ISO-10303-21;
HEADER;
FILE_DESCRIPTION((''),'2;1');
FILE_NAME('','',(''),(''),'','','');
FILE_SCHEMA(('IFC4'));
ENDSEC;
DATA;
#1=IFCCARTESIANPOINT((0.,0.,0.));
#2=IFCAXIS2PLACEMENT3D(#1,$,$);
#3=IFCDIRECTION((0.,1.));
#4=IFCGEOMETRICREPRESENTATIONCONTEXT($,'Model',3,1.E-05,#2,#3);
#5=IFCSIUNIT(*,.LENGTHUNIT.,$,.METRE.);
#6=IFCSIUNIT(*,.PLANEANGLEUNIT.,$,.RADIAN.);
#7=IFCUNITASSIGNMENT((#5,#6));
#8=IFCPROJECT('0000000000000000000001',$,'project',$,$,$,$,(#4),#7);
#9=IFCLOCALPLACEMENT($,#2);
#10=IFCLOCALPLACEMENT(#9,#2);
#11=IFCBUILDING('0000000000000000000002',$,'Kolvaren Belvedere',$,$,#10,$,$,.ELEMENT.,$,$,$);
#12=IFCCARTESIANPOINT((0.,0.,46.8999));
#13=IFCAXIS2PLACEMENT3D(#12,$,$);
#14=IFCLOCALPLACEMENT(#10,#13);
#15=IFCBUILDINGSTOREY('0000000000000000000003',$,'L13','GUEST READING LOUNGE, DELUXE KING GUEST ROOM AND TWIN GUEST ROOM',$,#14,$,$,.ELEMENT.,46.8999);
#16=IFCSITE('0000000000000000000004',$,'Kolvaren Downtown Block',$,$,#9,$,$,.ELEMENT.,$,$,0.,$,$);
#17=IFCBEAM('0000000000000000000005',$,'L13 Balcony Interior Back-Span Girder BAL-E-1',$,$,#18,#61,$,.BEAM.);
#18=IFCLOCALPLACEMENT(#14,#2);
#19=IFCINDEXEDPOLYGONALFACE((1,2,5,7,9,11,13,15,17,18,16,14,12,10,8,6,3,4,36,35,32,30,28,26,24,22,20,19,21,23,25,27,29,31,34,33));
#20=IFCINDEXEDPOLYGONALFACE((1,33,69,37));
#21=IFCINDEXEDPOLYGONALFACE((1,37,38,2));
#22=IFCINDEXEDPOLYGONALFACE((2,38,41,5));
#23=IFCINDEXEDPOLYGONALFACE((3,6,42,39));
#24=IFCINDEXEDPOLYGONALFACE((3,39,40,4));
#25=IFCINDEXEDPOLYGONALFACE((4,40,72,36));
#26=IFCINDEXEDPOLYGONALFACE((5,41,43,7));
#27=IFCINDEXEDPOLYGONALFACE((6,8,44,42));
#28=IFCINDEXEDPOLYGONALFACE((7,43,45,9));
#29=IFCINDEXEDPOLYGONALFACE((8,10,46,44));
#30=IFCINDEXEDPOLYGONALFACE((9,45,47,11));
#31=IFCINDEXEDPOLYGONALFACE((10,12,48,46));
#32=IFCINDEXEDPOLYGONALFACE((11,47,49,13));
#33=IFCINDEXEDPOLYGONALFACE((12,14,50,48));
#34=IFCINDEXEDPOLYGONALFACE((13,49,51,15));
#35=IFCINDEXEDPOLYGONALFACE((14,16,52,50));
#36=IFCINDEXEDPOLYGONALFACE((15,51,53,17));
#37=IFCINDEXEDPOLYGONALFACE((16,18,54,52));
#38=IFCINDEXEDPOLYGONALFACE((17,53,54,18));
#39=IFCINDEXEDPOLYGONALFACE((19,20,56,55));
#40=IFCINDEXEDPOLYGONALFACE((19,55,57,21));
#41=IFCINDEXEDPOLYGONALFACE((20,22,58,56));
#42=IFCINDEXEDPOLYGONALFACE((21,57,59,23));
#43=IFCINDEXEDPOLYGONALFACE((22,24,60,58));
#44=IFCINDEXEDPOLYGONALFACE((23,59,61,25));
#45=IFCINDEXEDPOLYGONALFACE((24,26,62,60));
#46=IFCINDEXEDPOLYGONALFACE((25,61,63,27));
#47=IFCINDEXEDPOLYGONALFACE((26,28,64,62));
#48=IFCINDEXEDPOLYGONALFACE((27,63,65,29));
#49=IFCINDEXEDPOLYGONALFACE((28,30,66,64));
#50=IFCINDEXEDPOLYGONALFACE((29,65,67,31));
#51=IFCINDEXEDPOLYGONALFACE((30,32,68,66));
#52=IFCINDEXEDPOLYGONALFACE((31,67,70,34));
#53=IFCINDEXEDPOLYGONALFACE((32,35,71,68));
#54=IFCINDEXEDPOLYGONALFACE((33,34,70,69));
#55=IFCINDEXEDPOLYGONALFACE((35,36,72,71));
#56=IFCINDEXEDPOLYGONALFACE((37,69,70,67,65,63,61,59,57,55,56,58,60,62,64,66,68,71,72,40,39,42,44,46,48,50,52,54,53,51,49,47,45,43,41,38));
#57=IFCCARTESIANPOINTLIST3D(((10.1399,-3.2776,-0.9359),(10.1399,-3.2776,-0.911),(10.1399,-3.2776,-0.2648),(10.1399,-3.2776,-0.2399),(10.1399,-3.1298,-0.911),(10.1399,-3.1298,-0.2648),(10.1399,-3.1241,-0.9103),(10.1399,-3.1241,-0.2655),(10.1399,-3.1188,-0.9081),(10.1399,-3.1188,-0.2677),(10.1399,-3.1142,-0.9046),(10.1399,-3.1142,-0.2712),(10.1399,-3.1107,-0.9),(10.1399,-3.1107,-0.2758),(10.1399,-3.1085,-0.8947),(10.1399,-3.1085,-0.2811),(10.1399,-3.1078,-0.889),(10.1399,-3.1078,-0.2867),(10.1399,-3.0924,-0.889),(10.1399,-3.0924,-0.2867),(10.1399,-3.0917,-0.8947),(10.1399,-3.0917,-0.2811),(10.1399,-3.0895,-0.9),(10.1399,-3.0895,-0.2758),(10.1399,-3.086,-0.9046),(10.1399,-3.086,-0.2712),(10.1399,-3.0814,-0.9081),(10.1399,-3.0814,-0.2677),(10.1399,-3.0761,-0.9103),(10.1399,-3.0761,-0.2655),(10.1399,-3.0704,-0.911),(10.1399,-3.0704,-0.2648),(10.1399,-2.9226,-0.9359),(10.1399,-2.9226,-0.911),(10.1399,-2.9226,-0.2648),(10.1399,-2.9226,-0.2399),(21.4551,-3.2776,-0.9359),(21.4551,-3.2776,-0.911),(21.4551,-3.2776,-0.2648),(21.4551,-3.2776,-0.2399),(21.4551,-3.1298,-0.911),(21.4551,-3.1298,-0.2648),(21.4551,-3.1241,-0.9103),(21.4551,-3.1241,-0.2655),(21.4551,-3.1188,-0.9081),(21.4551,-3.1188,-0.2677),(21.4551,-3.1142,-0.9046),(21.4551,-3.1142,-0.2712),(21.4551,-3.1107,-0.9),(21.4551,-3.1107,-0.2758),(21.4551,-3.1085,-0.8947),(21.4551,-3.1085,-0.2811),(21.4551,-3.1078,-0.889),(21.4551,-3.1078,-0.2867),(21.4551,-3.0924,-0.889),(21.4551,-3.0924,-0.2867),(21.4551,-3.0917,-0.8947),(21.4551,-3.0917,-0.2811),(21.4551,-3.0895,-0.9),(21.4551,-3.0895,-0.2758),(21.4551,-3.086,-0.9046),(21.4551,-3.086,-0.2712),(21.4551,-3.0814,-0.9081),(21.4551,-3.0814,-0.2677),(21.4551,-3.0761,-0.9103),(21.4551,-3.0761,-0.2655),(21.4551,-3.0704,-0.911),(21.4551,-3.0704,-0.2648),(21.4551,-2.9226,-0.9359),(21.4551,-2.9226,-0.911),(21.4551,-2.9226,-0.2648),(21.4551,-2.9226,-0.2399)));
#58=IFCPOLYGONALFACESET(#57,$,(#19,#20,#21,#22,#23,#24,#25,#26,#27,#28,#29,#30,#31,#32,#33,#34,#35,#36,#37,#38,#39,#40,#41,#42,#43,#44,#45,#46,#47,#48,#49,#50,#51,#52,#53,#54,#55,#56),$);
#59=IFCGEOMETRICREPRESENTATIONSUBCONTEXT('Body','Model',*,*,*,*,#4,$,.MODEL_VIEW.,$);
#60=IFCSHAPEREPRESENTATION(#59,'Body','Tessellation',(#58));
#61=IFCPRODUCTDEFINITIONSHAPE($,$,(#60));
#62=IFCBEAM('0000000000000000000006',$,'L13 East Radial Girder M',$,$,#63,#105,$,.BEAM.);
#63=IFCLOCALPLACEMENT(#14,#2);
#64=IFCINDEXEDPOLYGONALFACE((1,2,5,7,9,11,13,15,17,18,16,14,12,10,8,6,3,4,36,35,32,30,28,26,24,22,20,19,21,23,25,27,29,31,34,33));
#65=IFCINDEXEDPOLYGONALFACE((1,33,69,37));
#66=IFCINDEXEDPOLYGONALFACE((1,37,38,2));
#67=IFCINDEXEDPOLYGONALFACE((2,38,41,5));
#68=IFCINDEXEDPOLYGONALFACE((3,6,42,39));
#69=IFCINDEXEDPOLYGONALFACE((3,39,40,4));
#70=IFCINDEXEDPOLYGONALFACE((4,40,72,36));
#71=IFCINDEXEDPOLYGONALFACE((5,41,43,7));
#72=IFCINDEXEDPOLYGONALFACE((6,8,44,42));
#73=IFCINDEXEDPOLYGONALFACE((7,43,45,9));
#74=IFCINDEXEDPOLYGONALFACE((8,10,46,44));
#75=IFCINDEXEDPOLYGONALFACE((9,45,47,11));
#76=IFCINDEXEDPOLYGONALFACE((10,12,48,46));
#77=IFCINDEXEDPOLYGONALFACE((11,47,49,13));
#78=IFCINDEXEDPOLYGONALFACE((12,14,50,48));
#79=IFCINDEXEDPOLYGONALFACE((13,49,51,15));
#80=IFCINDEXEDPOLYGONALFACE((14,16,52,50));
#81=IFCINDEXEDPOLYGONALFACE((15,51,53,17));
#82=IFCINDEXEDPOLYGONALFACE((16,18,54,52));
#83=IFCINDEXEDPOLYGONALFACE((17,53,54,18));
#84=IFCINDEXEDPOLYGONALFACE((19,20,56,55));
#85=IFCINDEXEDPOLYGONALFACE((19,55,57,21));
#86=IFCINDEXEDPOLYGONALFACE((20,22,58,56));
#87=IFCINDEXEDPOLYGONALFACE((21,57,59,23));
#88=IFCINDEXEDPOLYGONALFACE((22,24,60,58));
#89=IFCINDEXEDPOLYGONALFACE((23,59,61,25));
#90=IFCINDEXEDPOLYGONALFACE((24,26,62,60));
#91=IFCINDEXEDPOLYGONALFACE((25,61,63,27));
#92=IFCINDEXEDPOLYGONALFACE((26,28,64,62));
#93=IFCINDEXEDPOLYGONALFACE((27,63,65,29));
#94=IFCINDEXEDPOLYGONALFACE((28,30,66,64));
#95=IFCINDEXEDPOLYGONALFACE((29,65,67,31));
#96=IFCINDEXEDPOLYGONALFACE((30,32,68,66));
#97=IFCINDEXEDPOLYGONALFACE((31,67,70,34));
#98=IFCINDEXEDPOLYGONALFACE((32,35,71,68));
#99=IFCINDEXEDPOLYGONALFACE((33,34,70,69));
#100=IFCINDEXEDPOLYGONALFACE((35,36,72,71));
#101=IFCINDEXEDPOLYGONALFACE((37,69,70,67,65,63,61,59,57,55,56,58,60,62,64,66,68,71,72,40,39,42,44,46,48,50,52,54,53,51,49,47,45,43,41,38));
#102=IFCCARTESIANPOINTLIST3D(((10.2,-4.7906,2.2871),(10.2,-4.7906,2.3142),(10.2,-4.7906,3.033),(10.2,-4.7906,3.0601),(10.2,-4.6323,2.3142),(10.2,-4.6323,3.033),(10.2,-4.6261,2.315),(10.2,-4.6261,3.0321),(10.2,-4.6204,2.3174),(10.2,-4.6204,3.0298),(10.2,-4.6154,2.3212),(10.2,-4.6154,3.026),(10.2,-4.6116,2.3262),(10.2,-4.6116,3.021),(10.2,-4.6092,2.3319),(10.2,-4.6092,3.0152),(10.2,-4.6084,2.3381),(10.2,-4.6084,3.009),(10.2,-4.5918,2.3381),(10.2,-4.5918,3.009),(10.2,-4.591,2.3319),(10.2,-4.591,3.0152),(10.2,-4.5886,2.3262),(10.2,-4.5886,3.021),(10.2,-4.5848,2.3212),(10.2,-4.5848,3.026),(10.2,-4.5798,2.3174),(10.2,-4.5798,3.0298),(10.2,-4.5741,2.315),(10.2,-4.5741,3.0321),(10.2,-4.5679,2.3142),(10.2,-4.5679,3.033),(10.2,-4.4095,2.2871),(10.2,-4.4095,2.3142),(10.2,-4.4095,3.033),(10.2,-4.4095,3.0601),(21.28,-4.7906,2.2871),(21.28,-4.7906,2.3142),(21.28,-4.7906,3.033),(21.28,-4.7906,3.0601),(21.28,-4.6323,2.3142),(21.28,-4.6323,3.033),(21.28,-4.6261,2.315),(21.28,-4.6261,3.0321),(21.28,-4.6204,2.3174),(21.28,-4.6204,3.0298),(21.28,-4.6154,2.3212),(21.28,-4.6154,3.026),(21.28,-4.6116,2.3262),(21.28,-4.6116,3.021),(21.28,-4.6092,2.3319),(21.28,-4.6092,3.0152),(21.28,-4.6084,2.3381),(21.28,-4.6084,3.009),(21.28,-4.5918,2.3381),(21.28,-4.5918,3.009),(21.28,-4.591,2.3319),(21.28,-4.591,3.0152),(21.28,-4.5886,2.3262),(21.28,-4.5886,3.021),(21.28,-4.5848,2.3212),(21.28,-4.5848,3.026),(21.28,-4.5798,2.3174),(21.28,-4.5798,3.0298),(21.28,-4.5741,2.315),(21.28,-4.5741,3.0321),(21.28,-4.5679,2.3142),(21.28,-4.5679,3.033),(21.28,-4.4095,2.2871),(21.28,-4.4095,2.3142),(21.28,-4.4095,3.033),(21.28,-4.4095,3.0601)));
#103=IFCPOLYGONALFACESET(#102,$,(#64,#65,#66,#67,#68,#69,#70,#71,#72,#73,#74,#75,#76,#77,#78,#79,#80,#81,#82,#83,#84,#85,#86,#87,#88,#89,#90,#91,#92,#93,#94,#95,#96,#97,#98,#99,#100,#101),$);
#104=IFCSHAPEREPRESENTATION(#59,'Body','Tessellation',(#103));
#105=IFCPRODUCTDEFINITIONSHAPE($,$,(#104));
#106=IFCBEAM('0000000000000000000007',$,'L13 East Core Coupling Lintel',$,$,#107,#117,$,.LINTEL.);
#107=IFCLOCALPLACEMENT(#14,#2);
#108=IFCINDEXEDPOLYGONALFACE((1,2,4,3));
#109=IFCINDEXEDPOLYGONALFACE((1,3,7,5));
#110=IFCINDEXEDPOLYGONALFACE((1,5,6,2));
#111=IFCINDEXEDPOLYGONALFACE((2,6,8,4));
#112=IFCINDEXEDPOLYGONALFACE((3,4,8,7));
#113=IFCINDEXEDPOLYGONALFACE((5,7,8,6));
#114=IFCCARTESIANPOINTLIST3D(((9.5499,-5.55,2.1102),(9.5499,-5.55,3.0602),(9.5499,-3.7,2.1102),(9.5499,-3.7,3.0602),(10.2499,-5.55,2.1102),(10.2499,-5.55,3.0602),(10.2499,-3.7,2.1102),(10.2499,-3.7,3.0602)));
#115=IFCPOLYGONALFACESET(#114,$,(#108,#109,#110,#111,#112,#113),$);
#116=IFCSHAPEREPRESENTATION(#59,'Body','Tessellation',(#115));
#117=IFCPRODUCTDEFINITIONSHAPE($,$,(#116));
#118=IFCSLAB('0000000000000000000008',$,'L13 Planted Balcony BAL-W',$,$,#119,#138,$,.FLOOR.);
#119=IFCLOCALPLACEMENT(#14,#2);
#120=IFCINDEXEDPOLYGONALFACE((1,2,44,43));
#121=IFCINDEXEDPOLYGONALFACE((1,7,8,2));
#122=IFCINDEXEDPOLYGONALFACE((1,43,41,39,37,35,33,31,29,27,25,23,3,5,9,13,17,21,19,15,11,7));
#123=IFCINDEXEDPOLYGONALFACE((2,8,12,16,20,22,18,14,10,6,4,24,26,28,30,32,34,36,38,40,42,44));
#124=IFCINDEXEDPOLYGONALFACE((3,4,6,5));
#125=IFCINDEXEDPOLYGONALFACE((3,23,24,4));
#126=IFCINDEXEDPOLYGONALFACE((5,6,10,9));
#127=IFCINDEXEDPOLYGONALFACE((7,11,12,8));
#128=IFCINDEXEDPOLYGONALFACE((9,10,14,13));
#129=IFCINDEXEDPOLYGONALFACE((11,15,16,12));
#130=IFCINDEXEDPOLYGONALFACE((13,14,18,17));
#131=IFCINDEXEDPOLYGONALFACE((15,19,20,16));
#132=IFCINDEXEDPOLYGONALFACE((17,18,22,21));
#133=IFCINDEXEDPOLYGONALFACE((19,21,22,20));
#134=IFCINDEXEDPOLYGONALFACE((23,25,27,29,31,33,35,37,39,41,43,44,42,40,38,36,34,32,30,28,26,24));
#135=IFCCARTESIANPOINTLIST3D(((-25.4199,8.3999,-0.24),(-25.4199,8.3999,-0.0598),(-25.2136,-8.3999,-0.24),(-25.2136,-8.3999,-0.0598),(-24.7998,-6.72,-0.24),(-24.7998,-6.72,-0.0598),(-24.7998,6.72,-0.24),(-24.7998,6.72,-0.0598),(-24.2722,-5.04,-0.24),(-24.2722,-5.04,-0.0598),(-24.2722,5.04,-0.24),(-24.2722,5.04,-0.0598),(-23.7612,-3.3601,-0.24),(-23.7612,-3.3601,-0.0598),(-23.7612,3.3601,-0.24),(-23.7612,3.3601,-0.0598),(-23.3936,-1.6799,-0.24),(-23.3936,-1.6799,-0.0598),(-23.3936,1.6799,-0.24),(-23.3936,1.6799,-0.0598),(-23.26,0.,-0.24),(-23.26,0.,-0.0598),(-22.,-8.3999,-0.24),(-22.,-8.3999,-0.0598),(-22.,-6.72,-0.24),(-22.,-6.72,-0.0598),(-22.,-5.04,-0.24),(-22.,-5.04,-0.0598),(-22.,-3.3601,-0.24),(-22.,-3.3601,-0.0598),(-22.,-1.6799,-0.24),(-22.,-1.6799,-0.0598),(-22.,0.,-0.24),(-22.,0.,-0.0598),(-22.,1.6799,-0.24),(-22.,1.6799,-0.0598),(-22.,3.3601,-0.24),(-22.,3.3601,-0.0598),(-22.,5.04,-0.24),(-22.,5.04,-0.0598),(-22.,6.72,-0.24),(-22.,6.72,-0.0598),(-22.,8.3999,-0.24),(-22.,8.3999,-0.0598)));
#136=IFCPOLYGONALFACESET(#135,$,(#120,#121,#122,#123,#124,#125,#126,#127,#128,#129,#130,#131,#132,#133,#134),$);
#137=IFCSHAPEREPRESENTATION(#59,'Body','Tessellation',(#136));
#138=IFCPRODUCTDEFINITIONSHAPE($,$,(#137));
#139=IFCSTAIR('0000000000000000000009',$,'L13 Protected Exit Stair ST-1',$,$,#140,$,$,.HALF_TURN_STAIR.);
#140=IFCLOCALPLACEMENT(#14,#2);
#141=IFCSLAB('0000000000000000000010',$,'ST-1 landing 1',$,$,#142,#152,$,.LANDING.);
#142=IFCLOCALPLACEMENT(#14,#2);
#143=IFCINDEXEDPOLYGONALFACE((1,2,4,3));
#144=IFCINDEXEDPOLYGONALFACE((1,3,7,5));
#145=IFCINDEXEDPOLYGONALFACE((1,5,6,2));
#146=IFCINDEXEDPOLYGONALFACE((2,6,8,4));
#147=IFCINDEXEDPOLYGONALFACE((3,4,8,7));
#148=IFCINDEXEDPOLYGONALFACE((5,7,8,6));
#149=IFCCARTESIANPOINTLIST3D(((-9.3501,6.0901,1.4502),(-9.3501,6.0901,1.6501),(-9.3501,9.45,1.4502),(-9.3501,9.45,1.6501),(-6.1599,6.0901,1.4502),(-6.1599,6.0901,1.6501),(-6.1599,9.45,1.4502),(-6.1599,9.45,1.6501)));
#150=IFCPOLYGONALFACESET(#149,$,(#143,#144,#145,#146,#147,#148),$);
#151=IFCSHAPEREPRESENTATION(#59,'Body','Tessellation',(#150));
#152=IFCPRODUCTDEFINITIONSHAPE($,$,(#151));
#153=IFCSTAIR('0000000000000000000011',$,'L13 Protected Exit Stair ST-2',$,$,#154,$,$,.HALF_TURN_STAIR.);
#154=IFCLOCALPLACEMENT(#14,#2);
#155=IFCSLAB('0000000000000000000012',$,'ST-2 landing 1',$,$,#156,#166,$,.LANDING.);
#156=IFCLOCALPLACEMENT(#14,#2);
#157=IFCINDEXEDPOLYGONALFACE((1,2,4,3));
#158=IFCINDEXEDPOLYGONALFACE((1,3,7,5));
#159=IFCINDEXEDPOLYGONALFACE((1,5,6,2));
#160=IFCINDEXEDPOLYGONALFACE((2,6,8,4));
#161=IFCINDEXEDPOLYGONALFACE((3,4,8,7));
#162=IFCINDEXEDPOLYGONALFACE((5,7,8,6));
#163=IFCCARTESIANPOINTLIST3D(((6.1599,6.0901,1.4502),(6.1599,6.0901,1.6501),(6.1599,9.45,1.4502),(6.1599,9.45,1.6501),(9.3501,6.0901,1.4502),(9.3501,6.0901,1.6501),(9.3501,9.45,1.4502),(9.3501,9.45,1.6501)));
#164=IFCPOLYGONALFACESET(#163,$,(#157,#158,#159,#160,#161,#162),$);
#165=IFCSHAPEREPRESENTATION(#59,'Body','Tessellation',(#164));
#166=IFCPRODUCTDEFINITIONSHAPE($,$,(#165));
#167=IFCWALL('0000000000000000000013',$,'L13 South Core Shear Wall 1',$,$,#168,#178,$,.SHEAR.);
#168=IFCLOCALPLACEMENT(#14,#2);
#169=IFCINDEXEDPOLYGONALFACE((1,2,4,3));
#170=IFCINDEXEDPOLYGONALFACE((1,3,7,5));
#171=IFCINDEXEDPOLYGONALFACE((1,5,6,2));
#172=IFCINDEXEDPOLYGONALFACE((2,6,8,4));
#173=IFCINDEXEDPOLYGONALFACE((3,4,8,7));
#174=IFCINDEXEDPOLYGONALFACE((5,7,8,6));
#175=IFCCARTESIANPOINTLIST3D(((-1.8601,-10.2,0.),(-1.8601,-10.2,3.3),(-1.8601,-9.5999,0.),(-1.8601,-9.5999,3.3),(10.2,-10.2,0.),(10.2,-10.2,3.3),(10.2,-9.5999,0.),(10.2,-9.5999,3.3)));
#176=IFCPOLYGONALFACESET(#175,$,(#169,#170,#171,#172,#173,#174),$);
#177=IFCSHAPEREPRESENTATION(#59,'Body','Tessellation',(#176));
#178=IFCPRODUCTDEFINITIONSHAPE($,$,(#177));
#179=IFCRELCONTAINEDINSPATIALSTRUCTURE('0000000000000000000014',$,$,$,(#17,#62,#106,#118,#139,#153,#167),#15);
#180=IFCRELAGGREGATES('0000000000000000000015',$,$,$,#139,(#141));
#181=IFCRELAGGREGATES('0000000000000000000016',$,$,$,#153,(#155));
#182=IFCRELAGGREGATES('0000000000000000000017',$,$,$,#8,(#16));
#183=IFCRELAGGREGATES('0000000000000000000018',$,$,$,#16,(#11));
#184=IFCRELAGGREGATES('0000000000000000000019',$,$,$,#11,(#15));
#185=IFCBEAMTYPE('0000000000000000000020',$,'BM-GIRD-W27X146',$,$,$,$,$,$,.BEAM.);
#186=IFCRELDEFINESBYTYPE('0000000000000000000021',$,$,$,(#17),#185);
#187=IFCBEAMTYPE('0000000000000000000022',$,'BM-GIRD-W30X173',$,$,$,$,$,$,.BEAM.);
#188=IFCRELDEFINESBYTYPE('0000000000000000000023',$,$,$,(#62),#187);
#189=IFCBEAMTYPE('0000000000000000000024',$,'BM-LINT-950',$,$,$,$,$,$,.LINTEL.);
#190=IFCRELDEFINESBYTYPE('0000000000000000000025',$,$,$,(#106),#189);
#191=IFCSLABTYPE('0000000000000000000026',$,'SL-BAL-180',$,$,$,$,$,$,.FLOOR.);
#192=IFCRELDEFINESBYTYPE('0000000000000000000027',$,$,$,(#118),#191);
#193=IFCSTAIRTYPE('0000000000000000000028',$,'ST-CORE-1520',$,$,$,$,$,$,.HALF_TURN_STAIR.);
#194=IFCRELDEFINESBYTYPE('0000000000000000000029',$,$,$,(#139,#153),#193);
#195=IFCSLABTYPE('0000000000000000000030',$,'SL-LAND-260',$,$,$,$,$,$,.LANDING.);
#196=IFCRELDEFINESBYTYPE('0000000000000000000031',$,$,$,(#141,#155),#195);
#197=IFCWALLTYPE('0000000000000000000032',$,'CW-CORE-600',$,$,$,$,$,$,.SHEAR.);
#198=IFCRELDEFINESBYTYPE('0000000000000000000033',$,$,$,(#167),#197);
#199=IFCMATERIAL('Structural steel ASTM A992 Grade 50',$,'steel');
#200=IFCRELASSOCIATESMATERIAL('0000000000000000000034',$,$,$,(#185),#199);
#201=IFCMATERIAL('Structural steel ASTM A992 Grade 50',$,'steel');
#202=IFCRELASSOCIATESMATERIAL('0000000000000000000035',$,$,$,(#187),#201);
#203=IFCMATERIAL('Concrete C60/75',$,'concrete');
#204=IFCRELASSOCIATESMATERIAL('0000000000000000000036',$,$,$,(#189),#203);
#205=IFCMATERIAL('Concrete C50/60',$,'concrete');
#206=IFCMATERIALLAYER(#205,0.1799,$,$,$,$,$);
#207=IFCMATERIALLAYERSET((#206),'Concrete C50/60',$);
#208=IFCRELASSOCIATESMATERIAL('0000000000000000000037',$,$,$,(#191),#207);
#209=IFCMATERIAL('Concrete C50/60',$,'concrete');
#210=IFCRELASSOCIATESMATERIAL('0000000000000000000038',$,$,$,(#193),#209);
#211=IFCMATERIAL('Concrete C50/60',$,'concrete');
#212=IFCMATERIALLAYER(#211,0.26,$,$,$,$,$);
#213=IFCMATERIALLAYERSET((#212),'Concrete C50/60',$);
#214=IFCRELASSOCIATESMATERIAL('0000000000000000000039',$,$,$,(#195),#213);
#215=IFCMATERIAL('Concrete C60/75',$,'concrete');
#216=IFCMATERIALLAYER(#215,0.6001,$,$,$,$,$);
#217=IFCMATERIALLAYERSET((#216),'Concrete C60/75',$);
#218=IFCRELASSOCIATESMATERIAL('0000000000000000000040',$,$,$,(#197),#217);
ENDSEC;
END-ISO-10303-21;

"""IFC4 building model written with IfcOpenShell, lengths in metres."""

from ifc_helpers import new_model, si_unit, direction, frame, frame_2d, origin, origin_2d, place, context, subcontext, project, spatial, polyline, rectangle, i_section, outline, extrude, material, layer, layer_set, material_profile, profile_set, type_object, element, aggregate, save


model = new_model("IFC4")

# Units and contexts
model_context = context("Model", 3, precision=1e-05, world=origin(), true_north=direction((0.0, 1.0)))
body_context = subcontext(model_context, "Body", "Model", "MODEL_VIEW")
ifc_project = project(units=[si_unit("LENGTHUNIT", "METRE"), si_unit("PLANEANGLEUNIT", "RADIAN")], contexts=[model_context])

# Site, building, storey
site_placement = place(None, origin())
site = spatial("IfcSite", under=ifc_project, at=site_placement, Name="Kolvaren Downtown Block", CompositionType="ELEMENT", RefElevation=0.0)
building_placement = place(site_placement, origin())
building = spatial("IfcBuilding", under=site, at=building_placement, Name="Kolvaren Belvedere", CompositionType="ELEMENT")
storey_placement = place(building_placement, frame((0.0, 0.0, 46.8999)))
storey = spatial("IfcBuildingStorey", under=building, at=storey_placement, Name="L13", Description="GUEST READING LOUNGE, DELUXE KING GUEST ROOM AND TWIN GUEST ROOM", CompositionType="ELEMENT", Elevation=46.8999)

# Beams
ifc_material_1 = material(Name="Structural steel ASTM A992 Grade 50", Category="steel")
ifc_material_profile_1 = material_profile(ifc_material_1, i_section(OverallWidth=0.355, OverallDepth=0.696, WebThickness=0.0154, FlangeThickness=0.0249, FilletRadius=0.022, at=origin_2d()), Name="W27X146")
ifc_profile_set_1 = profile_set([ifc_material_profile_1], Name="Structural steel ASTM A992 Grade 50")
beam_type_1 = type_object("IfcBeamType", Name="BM-GIRD-W27X146", PredefinedType="BEAM", material=ifc_profile_set_1)
beam_1_placement = place(storey_placement, frame((10.1399, -3.1001, -0.5879), z_axis=(1.0, 0.0, 0.0), x_axis=(0.0, 1.0, 0.0)))
element("IfcBeam", 1, at=beam_1_placement, inside=storey, type_object=beam_type_1, Name="L13 Balcony Interior Back-Span Girder BAL-E-1", PredefinedType="BEAM", context=body_context, shape_type="SweptSolid", body=[
    extrude(i_section(OverallWidth=0.355, OverallDepth=0.696, WebThickness=0.0154, FlangeThickness=0.0249, FilletRadius=0.022, at=origin_2d()), origin(), (0.0, 0.0, 1.0), 11.3152),
])
ifc_material_2 = material(Name="Structural steel ASTM A992 Grade 50", Category="steel")
ifc_material_profile_2 = material_profile(ifc_material_2, i_section(OverallWidth=0.3811, OverallDepth=0.7729, WebThickness=0.0166, FlangeThickness=0.0271, FilletRadius=0.0239, at=origin_2d()), Name="W30X173")
ifc_profile_set_2 = profile_set([ifc_material_profile_2], Name="Structural steel ASTM A992 Grade 50")
beam_type_2 = type_object("IfcBeamType", Name="BM-GIRD-W30X173", PredefinedType="BEAM", material=ifc_profile_set_2)
beam_2_placement = place(storey_placement, frame((10.2, -4.6001, 2.6736), z_axis=(1.0, 0.0, 0.0), x_axis=(0.0, 1.0, 0.0)))
element("IfcBeam", 2, at=beam_2_placement, inside=storey, type_object=beam_type_2, Name="L13 East Radial Girder M", PredefinedType="BEAM", context=body_context, shape_type="SweptSolid", body=[
    extrude(i_section(OverallWidth=0.3811, OverallDepth=0.7729, WebThickness=0.0166, FlangeThickness=0.0271, FilletRadius=0.0239, at=origin_2d()), origin(), (0.0, 0.0, 1.0), 11.0801),
])
ifc_material_3 = material(Name="Concrete C60/75", Category="concrete")
ifc_material_profile_3 = material_profile(ifc_material_3, rectangle(XDim=0.7, YDim=0.95, at=origin_2d()), Name="RC 700X950")
ifc_profile_set_3 = profile_set([ifc_material_profile_3], Name="Concrete C60/75")
beam_type_3 = type_object("IfcBeamType", Name="BM-LINT-950", PredefinedType="LINTEL", material=ifc_profile_set_3)
beam_3_placement = place(storey_placement, frame((9.8999, -5.55, 2.5852), z_axis=(0.0, 1.0, 0.0), x_axis=(-1.0, 0.0, 0.0)))
element("IfcBeam", 3, at=beam_3_placement, inside=storey, type_object=beam_type_3, Name="L13 East Core Coupling Lintel", PredefinedType="LINTEL", context=body_context, shape_type="SweptSolid", body=[
    extrude(rectangle(XDim=0.7, YDim=0.95, at=origin_2d()), origin(), (0.0, 0.0, 1.0), 1.8501),
])

# Slab
ifc_material_4 = material(Name="Concrete C50/60", Category="concrete")
ifc_layer_1 = layer(ifc_material_4, 0.1799)
ifc_layer_set_1 = layer_set([ifc_layer_1], Name="Concrete C50/60")
slab_type_1 = type_object("IfcSlabType", Name="SL-BAL-180", PredefinedType="FLOOR", material=ifc_layer_set_1)
slab_1_placement = place(storey_placement, frame((0.0, 0.0, -0.24)))
element("IfcSlab", 4, at=slab_1_placement, inside=storey, type_object=slab_type_1, Name="L13 Planted Balcony BAL-W", PredefinedType="FLOOR", context=body_context, shape_type="SweptSolid", body=[
    extrude(outline(polyline([(-25.4199, 8.3999), (-24.7998, 6.72), (-24.2722, 5.04), (-23.7612, 3.3601), (-23.3936, 1.6799), (-23.26, 0.0), (-23.3936, -1.6799), (-23.7612, -3.3601), (-24.2722, -5.04), (-24.7998, -6.72), (-25.2136, -8.3999), (-22.0, -8.3999), (-22.0, -6.72), (-22.0, -5.04), (-22.0, -3.3601), (-22.0, -1.6799), (-22.0, 0.0), (-22.0, 1.6799), (-22.0, 3.3601), (-22.0, 5.04), (-22.0, 6.72), (-22.0, 8.3999), (-25.4199, 8.3999)])), origin(), (0.0, 0.0, 1.0), 0.1802),
])

# Stairs, slabs
ifc_material_5 = material(Name="Concrete C50/60", Category="concrete")
stair_type = type_object("IfcStairType", Name="ST-CORE-1520", PredefinedType="HALF_TURN_STAIR", material=ifc_material_5)
stair_1_placement = place(storey_placement, origin())
stair_1 = element("IfcStair", 5, at=stair_1_placement, inside=storey, type_object=stair_type, Name="L13 Protected Exit Stair ST-1", PredefinedType="HALF_TURN_STAIR")
ifc_material_6 = material(Name="Concrete C50/60", Category="concrete")
ifc_layer_2 = layer(ifc_material_6, 0.26)
ifc_layer_set_2 = layer_set([ifc_layer_2], Name="Concrete C50/60")
slab_type_2 = type_object("IfcSlabType", Name="SL-LAND-260", PredefinedType="LANDING", material=ifc_layer_set_2)
slab_2_placement = place(storey_placement, frame((0.0, 0.0, 1.4502)))
slab_2 = element("IfcSlab", 6, at=slab_2_placement, type_object=slab_type_2, Name="ST-1 landing 1", PredefinedType="LANDING", context=body_context, shape_type="SweptSolid", body=[
    extrude(outline(polyline([(-6.1599, 6.0901), (-6.1599, 9.45), (-9.3501, 9.45), (-9.3501, 6.0901), (-6.1599, 6.0901)])), origin(), (0.0, 0.0, 1.0), 0.2),
])
aggregate(stair_1, [slab_2])
stair_2_placement = place(storey_placement, origin())
stair_2 = element("IfcStair", 7, at=stair_2_placement, inside=storey, type_object=stair_type, Name="L13 Protected Exit Stair ST-2", PredefinedType="HALF_TURN_STAIR")
slab_3_placement = place(storey_placement, frame((0.0, 0.0, 1.4502)))
slab_3 = element("IfcSlab", 8, at=slab_3_placement, type_object=slab_type_2, Name="ST-2 landing 1", PredefinedType="LANDING", context=body_context, shape_type="SweptSolid", body=[
    extrude(outline(polyline([(9.3501, 6.0901), (9.3501, 9.45), (6.1599, 9.45), (6.1599, 6.0901), (9.3501, 6.0901)])), origin(), (0.0, 0.0, 1.0), 0.2),
])
aggregate(stair_2, [slab_3])

# Wall
ifc_material_7 = material(Name="Concrete C60/75", Category="concrete")
ifc_layer_3 = layer(ifc_material_7, 0.6001)
ifc_layer_set_3 = layer_set([ifc_layer_3], Name="Concrete C60/75")
wall_type_1 = type_object("IfcWallType", Name="CW-CORE-600", PredefinedType="SHEAR", material=ifc_layer_set_3)
wall_1_placement = place(storey_placement, frame((10.2, -9.8999, 0.0), z_axis=(0.0, 0.0, 1.0), x_axis=(-1.0, 0.0, 0.0)))
element("IfcWall", 9, at=wall_1_placement, inside=storey, type_object=wall_type_1, Name="L13 South Core Shear Wall 1", PredefinedType="SHEAR", context=body_context, shape_type="SweptSolid", body=[
    extrude(rectangle(XDim=12.0601, YDim=0.6001, at=frame_2d((6.03, 0.0))), origin(), (0.0, 0.0, 1.0), 3.3),
])

save(model, "model.ifc")
